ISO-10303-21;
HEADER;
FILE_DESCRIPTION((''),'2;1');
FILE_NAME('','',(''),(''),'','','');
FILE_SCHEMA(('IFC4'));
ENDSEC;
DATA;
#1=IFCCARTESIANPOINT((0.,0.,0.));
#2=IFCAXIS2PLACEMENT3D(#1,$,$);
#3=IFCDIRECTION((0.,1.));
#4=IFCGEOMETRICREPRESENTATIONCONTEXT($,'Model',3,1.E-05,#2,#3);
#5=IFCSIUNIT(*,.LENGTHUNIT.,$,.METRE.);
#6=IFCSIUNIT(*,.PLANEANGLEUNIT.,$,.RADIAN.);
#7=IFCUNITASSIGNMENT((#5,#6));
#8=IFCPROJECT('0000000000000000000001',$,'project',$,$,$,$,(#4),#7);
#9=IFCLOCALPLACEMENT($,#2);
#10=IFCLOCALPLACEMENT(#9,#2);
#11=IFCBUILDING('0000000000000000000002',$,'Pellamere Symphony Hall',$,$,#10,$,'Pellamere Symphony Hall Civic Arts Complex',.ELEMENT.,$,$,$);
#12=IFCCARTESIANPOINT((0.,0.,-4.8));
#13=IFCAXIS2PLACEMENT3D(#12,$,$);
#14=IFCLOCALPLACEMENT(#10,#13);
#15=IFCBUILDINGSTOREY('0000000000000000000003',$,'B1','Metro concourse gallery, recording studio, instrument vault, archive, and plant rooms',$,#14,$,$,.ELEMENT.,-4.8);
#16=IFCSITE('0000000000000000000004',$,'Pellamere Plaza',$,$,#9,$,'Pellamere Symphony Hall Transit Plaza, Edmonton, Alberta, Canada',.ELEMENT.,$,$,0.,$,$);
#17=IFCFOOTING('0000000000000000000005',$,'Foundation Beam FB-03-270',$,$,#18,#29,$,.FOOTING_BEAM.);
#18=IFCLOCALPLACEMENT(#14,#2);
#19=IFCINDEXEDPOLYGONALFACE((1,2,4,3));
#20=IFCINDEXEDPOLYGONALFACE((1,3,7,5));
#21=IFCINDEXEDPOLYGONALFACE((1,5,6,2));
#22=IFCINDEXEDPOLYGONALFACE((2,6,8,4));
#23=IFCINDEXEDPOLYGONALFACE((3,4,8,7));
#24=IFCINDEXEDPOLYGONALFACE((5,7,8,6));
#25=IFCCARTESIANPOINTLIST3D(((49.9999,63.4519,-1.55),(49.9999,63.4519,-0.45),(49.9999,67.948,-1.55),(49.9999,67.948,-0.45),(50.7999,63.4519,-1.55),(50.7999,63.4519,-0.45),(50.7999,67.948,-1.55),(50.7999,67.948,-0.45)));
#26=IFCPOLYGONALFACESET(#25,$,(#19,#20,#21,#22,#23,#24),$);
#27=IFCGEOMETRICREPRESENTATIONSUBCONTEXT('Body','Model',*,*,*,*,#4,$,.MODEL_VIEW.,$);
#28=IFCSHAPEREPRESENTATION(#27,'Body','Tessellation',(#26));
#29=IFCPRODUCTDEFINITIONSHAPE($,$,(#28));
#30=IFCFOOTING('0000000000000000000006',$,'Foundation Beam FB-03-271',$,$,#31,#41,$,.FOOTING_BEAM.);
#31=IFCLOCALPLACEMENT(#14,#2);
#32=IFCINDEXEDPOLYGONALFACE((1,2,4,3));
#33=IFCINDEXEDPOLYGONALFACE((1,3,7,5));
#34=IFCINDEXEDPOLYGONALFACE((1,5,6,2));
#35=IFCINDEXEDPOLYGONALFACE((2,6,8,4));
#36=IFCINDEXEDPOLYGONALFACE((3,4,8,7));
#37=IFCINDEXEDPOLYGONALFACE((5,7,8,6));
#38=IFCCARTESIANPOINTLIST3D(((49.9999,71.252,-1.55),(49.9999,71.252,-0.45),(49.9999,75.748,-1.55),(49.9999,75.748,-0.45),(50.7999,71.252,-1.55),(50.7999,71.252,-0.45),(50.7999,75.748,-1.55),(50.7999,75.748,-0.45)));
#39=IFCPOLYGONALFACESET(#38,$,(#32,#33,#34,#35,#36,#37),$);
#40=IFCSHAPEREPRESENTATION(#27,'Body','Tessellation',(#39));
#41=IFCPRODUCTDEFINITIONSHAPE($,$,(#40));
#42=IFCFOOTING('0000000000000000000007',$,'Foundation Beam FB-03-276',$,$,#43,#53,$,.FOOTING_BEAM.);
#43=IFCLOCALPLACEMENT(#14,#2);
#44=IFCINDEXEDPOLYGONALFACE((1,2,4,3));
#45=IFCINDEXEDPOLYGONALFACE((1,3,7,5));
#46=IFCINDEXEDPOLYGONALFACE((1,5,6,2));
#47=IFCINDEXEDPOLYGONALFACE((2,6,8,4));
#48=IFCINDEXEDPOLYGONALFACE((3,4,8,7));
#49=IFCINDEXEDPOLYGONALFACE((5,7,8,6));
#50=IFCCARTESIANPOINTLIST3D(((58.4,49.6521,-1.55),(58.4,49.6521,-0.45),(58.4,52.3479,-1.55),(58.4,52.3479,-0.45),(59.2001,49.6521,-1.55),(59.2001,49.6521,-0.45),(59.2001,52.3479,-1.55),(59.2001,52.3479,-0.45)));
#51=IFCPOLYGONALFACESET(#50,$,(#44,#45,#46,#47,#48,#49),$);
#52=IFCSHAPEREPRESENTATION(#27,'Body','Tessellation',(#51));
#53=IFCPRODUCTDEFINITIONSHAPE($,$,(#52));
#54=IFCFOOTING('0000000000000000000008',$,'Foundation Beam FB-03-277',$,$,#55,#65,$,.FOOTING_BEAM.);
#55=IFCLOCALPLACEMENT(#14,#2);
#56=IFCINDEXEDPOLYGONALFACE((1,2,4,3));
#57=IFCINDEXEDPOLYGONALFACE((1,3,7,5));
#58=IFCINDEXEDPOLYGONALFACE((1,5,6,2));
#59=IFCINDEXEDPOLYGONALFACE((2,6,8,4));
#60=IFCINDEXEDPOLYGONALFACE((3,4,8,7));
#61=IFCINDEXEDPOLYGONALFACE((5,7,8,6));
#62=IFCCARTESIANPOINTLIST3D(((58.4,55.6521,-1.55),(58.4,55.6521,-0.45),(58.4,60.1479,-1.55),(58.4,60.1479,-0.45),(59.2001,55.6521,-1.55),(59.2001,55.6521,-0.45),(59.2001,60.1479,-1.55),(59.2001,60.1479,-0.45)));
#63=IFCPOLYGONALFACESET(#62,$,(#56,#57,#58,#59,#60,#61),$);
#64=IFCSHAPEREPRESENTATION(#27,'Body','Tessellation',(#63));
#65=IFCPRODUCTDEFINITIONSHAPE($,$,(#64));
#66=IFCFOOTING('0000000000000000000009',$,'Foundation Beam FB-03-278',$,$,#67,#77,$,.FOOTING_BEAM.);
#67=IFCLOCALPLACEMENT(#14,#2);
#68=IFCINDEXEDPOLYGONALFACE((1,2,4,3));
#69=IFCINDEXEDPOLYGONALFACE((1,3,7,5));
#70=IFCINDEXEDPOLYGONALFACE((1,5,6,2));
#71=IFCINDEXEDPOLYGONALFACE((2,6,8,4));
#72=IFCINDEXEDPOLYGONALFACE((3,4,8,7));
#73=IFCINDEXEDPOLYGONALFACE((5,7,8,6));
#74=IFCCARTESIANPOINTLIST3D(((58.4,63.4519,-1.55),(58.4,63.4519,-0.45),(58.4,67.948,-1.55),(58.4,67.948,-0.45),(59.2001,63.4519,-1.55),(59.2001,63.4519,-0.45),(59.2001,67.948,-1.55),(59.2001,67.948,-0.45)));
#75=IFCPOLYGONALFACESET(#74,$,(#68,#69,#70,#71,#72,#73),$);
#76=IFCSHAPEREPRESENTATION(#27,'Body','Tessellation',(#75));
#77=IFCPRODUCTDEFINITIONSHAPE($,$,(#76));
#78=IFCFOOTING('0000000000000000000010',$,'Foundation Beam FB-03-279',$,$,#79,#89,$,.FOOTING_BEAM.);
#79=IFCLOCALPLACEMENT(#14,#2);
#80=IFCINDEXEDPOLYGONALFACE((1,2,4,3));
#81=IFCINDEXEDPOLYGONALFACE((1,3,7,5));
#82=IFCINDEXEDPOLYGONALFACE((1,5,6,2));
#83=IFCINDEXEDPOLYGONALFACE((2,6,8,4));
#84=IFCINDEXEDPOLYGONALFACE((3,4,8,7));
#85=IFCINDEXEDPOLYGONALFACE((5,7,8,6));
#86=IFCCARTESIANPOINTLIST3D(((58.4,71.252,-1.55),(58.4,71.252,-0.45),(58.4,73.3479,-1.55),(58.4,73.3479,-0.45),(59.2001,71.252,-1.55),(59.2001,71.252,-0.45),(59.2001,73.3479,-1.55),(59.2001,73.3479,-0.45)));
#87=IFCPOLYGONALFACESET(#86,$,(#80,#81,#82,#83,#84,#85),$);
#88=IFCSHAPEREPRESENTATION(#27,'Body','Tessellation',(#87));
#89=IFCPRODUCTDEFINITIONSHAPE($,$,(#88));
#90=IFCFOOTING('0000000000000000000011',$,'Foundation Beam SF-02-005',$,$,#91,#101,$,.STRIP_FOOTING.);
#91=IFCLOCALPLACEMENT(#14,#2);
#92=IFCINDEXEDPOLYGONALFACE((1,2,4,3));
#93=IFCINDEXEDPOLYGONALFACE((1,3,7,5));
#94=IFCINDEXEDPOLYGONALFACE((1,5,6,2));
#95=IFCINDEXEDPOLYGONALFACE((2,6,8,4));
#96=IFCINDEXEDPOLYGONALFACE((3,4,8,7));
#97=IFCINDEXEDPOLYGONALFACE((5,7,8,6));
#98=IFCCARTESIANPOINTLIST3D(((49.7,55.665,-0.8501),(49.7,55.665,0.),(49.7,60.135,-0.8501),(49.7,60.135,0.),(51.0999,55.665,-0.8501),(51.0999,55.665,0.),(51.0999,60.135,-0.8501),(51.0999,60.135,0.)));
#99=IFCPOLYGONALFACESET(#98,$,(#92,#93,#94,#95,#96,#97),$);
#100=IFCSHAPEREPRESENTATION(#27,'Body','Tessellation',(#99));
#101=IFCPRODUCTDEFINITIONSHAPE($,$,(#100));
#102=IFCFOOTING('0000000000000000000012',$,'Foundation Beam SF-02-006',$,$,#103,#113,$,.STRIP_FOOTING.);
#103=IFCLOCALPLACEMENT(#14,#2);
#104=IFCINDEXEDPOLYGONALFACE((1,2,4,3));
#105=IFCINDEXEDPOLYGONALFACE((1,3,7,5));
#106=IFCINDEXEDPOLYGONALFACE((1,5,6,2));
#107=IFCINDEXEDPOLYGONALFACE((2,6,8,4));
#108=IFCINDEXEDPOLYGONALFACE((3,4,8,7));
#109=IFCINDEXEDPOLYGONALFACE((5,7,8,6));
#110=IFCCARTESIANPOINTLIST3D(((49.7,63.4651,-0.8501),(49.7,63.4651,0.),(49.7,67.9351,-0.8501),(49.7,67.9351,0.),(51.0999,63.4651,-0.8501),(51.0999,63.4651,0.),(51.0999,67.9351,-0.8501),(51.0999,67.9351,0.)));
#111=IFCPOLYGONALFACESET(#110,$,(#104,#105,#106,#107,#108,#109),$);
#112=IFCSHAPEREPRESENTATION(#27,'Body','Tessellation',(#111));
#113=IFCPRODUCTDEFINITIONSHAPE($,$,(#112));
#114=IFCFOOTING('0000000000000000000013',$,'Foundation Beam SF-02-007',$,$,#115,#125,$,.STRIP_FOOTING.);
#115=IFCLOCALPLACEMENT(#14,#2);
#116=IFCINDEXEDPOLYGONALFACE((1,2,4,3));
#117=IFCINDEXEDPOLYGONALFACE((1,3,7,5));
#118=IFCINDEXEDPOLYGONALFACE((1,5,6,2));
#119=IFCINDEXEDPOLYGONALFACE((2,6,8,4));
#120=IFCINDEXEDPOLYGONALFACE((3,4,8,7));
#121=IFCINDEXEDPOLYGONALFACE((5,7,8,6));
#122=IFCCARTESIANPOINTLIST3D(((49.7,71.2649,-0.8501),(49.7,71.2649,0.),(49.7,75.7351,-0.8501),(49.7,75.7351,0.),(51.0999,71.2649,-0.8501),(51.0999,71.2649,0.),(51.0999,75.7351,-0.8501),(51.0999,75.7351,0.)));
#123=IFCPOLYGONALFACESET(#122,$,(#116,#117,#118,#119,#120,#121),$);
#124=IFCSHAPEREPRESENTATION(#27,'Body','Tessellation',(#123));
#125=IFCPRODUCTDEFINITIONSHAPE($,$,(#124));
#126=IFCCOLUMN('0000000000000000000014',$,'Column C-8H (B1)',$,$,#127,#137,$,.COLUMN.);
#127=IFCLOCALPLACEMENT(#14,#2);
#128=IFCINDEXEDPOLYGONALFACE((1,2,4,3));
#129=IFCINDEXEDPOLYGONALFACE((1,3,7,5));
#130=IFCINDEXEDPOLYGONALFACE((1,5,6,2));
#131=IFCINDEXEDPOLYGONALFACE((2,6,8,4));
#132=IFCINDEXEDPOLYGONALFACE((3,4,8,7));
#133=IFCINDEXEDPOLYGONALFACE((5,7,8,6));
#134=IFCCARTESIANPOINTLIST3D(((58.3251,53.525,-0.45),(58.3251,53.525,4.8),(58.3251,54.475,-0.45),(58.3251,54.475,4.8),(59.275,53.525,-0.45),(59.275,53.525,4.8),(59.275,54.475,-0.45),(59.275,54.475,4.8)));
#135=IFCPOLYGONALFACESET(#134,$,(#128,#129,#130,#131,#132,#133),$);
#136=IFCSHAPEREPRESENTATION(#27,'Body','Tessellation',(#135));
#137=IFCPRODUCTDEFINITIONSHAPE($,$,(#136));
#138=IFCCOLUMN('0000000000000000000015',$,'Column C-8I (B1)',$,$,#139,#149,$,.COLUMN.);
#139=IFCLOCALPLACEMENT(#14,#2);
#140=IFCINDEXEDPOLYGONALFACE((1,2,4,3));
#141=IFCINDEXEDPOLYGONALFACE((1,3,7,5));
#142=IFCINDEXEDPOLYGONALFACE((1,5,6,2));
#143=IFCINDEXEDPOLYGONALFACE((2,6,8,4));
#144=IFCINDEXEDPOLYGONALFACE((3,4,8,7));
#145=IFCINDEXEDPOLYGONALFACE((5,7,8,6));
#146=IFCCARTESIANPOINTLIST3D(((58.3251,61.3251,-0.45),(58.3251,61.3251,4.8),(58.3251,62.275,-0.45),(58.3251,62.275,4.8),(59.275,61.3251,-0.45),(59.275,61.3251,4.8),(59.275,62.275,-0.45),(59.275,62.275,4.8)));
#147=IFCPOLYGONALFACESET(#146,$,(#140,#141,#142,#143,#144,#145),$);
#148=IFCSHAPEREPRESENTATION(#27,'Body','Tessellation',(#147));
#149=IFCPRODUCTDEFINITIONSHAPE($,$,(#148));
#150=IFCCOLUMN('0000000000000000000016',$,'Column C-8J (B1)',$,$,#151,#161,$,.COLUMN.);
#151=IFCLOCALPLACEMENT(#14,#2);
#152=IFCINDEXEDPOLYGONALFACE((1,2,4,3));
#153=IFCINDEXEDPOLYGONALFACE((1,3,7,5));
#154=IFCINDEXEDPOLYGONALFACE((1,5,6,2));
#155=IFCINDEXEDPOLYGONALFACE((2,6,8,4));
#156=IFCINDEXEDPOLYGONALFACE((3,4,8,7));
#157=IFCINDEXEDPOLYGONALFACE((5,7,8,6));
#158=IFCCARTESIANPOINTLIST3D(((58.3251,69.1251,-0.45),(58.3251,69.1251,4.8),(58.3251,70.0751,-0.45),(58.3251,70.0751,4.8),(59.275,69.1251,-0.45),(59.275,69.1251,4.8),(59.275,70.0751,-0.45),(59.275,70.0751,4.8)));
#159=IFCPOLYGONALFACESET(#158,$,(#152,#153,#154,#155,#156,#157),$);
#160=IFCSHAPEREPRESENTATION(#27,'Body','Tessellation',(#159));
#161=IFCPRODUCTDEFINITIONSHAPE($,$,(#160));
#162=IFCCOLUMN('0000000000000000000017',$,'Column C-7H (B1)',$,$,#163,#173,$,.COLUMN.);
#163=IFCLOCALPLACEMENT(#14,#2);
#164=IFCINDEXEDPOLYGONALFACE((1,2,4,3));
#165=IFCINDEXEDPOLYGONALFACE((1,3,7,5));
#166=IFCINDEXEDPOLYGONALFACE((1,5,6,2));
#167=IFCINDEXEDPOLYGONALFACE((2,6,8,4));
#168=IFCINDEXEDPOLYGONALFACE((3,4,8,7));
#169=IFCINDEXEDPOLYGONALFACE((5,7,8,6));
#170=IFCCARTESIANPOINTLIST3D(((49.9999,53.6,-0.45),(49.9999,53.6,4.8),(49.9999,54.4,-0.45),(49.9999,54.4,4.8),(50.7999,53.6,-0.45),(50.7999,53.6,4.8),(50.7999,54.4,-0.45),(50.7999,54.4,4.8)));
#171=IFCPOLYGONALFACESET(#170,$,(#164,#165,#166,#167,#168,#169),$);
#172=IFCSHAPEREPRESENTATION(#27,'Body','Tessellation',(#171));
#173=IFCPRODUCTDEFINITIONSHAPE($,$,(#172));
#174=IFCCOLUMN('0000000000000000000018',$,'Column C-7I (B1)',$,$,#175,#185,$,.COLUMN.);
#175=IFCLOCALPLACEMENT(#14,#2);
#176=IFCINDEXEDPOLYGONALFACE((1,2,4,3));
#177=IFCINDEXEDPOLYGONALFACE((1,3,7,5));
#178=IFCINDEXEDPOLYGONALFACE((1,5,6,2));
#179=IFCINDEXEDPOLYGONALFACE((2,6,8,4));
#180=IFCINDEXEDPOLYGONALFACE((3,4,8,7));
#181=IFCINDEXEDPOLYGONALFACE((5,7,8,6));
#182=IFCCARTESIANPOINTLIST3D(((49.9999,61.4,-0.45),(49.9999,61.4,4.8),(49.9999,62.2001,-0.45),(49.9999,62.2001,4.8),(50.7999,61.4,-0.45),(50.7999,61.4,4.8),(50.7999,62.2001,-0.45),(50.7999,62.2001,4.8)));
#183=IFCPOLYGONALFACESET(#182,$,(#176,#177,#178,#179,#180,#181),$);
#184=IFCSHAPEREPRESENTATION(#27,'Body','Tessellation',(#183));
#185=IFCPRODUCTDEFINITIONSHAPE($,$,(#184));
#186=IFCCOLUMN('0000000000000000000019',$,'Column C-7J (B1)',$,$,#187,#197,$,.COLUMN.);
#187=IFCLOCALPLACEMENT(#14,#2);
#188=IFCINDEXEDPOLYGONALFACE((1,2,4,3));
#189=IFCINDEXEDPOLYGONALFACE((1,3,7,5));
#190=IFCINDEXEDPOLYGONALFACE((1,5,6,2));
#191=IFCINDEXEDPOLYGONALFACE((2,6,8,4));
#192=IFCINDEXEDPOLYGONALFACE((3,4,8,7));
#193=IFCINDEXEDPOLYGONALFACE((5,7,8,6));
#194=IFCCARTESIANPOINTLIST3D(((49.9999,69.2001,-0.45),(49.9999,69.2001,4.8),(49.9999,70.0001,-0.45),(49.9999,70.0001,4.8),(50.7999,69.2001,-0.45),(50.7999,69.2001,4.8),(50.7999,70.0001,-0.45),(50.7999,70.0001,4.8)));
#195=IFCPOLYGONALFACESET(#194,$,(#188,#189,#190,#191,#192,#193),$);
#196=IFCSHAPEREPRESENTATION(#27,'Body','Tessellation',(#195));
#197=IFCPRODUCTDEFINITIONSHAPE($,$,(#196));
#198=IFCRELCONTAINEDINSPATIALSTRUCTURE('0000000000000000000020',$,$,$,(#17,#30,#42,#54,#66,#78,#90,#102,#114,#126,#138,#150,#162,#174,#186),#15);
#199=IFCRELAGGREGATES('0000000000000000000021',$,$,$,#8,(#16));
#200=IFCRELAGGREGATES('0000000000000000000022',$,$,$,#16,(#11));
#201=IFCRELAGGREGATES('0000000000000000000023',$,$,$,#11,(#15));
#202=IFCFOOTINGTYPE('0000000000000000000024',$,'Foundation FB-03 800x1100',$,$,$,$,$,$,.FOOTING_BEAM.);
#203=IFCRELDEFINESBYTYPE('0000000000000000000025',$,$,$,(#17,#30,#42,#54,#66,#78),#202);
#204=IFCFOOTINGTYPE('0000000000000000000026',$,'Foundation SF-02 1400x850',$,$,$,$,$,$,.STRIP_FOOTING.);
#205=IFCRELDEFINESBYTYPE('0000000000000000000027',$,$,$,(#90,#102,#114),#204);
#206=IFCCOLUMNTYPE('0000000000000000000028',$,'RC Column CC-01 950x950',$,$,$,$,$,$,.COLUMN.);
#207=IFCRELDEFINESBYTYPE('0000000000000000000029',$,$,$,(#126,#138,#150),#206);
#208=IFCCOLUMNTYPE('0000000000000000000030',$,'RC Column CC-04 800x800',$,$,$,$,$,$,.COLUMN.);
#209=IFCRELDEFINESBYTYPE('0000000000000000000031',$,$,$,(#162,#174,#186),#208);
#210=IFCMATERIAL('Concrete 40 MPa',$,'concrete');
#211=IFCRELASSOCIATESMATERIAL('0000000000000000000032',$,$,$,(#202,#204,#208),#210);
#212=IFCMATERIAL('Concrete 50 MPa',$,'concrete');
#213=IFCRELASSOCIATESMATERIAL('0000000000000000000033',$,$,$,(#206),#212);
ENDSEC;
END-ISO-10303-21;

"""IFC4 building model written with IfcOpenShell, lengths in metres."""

from ifc_helpers import new_model, si_unit, direction, frame, origin, origin_2d, place, context, subcontext, project, spatial, rectangle, extrude, material, material_profile, profile_set, type_object, element, save


model = new_model("IFC4")

# Units and contexts
model_context = context("Model", 3, precision=1e-05, world=origin(), true_north=direction((0.0, 1.0)))
body_context = subcontext(model_context, "Body", "Model", "MODEL_VIEW")
ifc_project = project(units=[si_unit("LENGTHUNIT", "METRE"), si_unit("PLANEANGLEUNIT", "RADIAN")], contexts=[model_context])

# Site, building, storey
site_placement = place(None, origin())
site = spatial("IfcSite", under=ifc_project, at=site_placement, Name="Pellamere Plaza", LongName="Pellamere Symphony Hall Transit Plaza, Edmonton, Alberta, Canada", CompositionType="ELEMENT", RefElevation=0.0)
building_placement = place(site_placement, origin())
building = spatial("IfcBuilding", under=site, at=building_placement, Name="Pellamere Symphony Hall", LongName="Pellamere Symphony Hall Civic Arts Complex", CompositionType="ELEMENT")
storey_placement = place(building_placement, frame((0.0, 0.0, -4.8)))
storey = spatial("IfcBuildingStorey", under=building, at=storey_placement, Name="B1", Description="Metro concourse gallery, recording studio, instrument vault, archive, and plant rooms", CompositionType="ELEMENT", Elevation=-4.8)

# Footings
ifc_material_1 = material(Name="Concrete 40 MPa", Category="concrete")
ifc_material_profile_1 = material_profile(ifc_material_1, rectangle(XDim=0.8, YDim=1.1001, at=origin_2d()), Name="RC 800x1100")
ifc_profile_set_1 = profile_set([ifc_material_profile_1], Name="Concrete 40 MPa")
footing_type_1 = type_object("IfcFootingType", Name="Foundation FB-03 800x1100", PredefinedType="FOOTING_BEAM", material=ifc_profile_set_1)
for number, where, z_axis, x_axis, name in (
    (1, (50.3999, 63.4519, -1.0), (0.0, 1.0, 0.0), (-1.0, 0.0, 0.0), "Foundation Beam FB-03-270"),
    (2, (50.3999, 71.252, -1.0), (0.0, 1.0, 0.0), (-1.0, 0.0, 0.0), "Foundation Beam FB-03-271"),
):
    element("IfcFooting", number, at=place(storey_placement, frame(where, z_axis=z_axis, x_axis=x_axis)), inside=storey, type_object=footing_type_1, Name=name, PredefinedType="FOOTING_BEAM", context=body_context, shape_type="SweptSolid", body=[
        extrude(rectangle(XDim=0.8, YDim=1.1001, at=origin_2d()), origin(), (0.0, 0.0, 1.0), 4.4961),
    ])
footing_1_placement = place(storey_placement, frame((58.8, 49.6521, -1.0), z_axis=(0.0, 1.0, 0.0), x_axis=(-1.0, 0.0, 0.0)))
element("IfcFooting", 3, at=footing_1_placement, inside=storey, type_object=footing_type_1, Name="Foundation Beam FB-03-276", PredefinedType="FOOTING_BEAM", context=body_context, shape_type="SweptSolid", body=[
    extrude(rectangle(XDim=0.8, YDim=1.1001, at=origin_2d()), origin(), (0.0, 0.0, 1.0), 2.6958),
])
footing_2_placement = place(storey_placement, frame((58.8, 55.6521, -1.0), z_axis=(0.0, 1.0, 0.0), x_axis=(-1.0, 0.0, 0.0)))
element("IfcFooting", 4, at=footing_2_placement, inside=storey, type_object=footing_type_1, Name="Foundation Beam FB-03-277", PredefinedType="FOOTING_BEAM", context=body_context, shape_type="SweptSolid", body=[
    extrude(rectangle(XDim=0.8, YDim=1.1001, at=origin_2d()), origin(), (0.0, 0.0, 1.0), 4.4958),
])
footing_3_placement = place(storey_placement, frame((58.8, 63.4519, -1.0), z_axis=(0.0, 1.0, 0.0), x_axis=(-1.0, 0.0, 0.0)))
element("IfcFooting", 5, at=footing_3_placement, inside=storey, type_object=footing_type_1, Name="Foundation Beam FB-03-278", PredefinedType="FOOTING_BEAM", context=body_context, shape_type="SweptSolid", body=[
    extrude(rectangle(XDim=0.8, YDim=1.1001, at=origin_2d()), origin(), (0.0, 0.0, 1.0), 4.4961),
])
footing_4_placement = place(storey_placement, frame((58.8, 71.252, -1.0), z_axis=(0.0, 1.0, 0.0), x_axis=(-1.0, 0.0, 0.0)))
element("IfcFooting", 6, at=footing_4_placement, inside=storey, type_object=footing_type_1, Name="Foundation Beam FB-03-279", PredefinedType="FOOTING_BEAM", context=body_context, shape_type="SweptSolid", body=[
    extrude(rectangle(XDim=0.8, YDim=1.1001, at=origin_2d()), origin(), (0.0, 0.0, 1.0), 2.0959),
])
ifc_material_profile_2 = material_profile(ifc_material_1, rectangle(XDim=1.3999, YDim=0.8501, at=origin_2d()), Name="RC 1400x850")
ifc_profile_set_2 = profile_set([ifc_material_profile_2], Name="Concrete 40 MPa")
footing_type_2 = type_object("IfcFootingType", Name="Foundation SF-02 1400x850", PredefinedType="STRIP_FOOTING", material=ifc_profile_set_2)
for number, where, z_axis, x_axis, name in (
    (7, (50.3999, 55.665, -0.425), (0.0, 1.0, 0.0), (-1.0, 0.0, 0.0), "Foundation Beam SF-02-005"),
    (8, (50.3999, 63.4651, -0.425), (0.0, 1.0, 0.0), (-1.0, 0.0, 0.0), "Foundation Beam SF-02-006"),
):
    element("IfcFooting", number, at=place(storey_placement, frame(where, z_axis=z_axis, x_axis=x_axis)), inside=storey, type_object=footing_type_2, Name=name, PredefinedType="STRIP_FOOTING", context=body_context, shape_type="SweptSolid", body=[
        extrude(rectangle(XDim=1.3999, YDim=0.8501, at=origin_2d()), origin(), (0.0, 0.0, 1.0), 4.47),
    ])
footing_5_placement = place(storey_placement, frame((50.3999, 71.2649, -0.425), z_axis=(0.0, 1.0, 0.0), x_axis=(-1.0, 0.0, 0.0)))
element("IfcFooting", 9, at=footing_5_placement, inside=storey, type_object=footing_type_2, Name="Foundation Beam SF-02-007", PredefinedType="STRIP_FOOTING", context=body_context, shape_type="SweptSolid", body=[
    extrude(rectangle(XDim=1.3999, YDim=0.8501, at=origin_2d()), origin(), (0.0, 0.0, 1.0), 4.4702),
])

# Columns
ifc_material_2 = material(Name="Concrete 50 MPa", Category="concrete")
ifc_material_profile_3 = material_profile(ifc_material_2, rectangle(XDim=0.95, YDim=0.95, at=origin_2d()), Name="RC 950x950")
ifc_profile_set_3 = profile_set([ifc_material_profile_3], Name="Concrete 50 MPa")
column_type_1 = type_object("IfcColumnType", Name="RC Column CC-01 950x950", PredefinedType="COLUMN", material=ifc_profile_set_3)
for number, where, z_axis, x_axis, name in (
    (10, (58.8, 54.0, -0.45), (0.0, 0.0, 1.0), (1.0, 0.0, 0.0), "Column C-8H (B1)"),
    (11, (58.8, 61.8, -0.45), (0.0, 0.0, 1.0), (1.0, 0.0, 0.0), "Column C-8I (B1)"),
    (12, (58.8, 69.6001, -0.45), (0.0, 0.0, 1.0), (1.0, 0.0, 0.0), "Column C-8J (B1)"),
):
    element("IfcColumn", number, at=place(storey_placement, frame(where, z_axis=z_axis, x_axis=x_axis)), inside=storey, type_object=column_type_1, Name=name, PredefinedType="COLUMN", context=body_context, shape_type="SweptSolid", body=[
        extrude(rectangle(XDim=0.95, YDim=0.95, at=origin_2d()), origin(), (0.0, 0.0, 1.0), 5.25),
    ])
ifc_material_profile_4 = material_profile(ifc_material_1, rectangle(XDim=0.8, YDim=0.8, at=origin_2d()), Name="RC 800x800")
ifc_profile_set_4 = profile_set([ifc_material_profile_4], Name="Concrete 40 MPa")
column_type_2 = type_object("IfcColumnType", Name="RC Column CC-04 800x800", PredefinedType="COLUMN", material=ifc_profile_set_4)
for number, where, z_axis, x_axis, name in (
    (13, (50.3999, 54.0, -0.45), (0.0, 0.0, 1.0), (1.0, 0.0, 0.0), "Column C-7H (B1)"),
    (14, (50.3999, 61.8, -0.45), (0.0, 0.0, 1.0), (1.0, 0.0, 0.0), "Column C-7I (B1)"),
    (15, (50.3999, 69.6001, -0.45), (0.0, 0.0, 1.0), (1.0, 0.0, 0.0), "Column C-7J (B1)"),
):
    element("IfcColumn", number, at=place(storey_placement, frame(where, z_axis=z_axis, x_axis=x_axis)), inside=storey, type_object=column_type_2, Name=name, PredefinedType="COLUMN", context=body_context, shape_type="SweptSolid", body=[
        extrude(rectangle(XDim=0.8, YDim=0.8, at=origin_2d()), origin(), (0.0, 0.0, 1.0), 5.25),
    ])

save(model, "model.ifc")
